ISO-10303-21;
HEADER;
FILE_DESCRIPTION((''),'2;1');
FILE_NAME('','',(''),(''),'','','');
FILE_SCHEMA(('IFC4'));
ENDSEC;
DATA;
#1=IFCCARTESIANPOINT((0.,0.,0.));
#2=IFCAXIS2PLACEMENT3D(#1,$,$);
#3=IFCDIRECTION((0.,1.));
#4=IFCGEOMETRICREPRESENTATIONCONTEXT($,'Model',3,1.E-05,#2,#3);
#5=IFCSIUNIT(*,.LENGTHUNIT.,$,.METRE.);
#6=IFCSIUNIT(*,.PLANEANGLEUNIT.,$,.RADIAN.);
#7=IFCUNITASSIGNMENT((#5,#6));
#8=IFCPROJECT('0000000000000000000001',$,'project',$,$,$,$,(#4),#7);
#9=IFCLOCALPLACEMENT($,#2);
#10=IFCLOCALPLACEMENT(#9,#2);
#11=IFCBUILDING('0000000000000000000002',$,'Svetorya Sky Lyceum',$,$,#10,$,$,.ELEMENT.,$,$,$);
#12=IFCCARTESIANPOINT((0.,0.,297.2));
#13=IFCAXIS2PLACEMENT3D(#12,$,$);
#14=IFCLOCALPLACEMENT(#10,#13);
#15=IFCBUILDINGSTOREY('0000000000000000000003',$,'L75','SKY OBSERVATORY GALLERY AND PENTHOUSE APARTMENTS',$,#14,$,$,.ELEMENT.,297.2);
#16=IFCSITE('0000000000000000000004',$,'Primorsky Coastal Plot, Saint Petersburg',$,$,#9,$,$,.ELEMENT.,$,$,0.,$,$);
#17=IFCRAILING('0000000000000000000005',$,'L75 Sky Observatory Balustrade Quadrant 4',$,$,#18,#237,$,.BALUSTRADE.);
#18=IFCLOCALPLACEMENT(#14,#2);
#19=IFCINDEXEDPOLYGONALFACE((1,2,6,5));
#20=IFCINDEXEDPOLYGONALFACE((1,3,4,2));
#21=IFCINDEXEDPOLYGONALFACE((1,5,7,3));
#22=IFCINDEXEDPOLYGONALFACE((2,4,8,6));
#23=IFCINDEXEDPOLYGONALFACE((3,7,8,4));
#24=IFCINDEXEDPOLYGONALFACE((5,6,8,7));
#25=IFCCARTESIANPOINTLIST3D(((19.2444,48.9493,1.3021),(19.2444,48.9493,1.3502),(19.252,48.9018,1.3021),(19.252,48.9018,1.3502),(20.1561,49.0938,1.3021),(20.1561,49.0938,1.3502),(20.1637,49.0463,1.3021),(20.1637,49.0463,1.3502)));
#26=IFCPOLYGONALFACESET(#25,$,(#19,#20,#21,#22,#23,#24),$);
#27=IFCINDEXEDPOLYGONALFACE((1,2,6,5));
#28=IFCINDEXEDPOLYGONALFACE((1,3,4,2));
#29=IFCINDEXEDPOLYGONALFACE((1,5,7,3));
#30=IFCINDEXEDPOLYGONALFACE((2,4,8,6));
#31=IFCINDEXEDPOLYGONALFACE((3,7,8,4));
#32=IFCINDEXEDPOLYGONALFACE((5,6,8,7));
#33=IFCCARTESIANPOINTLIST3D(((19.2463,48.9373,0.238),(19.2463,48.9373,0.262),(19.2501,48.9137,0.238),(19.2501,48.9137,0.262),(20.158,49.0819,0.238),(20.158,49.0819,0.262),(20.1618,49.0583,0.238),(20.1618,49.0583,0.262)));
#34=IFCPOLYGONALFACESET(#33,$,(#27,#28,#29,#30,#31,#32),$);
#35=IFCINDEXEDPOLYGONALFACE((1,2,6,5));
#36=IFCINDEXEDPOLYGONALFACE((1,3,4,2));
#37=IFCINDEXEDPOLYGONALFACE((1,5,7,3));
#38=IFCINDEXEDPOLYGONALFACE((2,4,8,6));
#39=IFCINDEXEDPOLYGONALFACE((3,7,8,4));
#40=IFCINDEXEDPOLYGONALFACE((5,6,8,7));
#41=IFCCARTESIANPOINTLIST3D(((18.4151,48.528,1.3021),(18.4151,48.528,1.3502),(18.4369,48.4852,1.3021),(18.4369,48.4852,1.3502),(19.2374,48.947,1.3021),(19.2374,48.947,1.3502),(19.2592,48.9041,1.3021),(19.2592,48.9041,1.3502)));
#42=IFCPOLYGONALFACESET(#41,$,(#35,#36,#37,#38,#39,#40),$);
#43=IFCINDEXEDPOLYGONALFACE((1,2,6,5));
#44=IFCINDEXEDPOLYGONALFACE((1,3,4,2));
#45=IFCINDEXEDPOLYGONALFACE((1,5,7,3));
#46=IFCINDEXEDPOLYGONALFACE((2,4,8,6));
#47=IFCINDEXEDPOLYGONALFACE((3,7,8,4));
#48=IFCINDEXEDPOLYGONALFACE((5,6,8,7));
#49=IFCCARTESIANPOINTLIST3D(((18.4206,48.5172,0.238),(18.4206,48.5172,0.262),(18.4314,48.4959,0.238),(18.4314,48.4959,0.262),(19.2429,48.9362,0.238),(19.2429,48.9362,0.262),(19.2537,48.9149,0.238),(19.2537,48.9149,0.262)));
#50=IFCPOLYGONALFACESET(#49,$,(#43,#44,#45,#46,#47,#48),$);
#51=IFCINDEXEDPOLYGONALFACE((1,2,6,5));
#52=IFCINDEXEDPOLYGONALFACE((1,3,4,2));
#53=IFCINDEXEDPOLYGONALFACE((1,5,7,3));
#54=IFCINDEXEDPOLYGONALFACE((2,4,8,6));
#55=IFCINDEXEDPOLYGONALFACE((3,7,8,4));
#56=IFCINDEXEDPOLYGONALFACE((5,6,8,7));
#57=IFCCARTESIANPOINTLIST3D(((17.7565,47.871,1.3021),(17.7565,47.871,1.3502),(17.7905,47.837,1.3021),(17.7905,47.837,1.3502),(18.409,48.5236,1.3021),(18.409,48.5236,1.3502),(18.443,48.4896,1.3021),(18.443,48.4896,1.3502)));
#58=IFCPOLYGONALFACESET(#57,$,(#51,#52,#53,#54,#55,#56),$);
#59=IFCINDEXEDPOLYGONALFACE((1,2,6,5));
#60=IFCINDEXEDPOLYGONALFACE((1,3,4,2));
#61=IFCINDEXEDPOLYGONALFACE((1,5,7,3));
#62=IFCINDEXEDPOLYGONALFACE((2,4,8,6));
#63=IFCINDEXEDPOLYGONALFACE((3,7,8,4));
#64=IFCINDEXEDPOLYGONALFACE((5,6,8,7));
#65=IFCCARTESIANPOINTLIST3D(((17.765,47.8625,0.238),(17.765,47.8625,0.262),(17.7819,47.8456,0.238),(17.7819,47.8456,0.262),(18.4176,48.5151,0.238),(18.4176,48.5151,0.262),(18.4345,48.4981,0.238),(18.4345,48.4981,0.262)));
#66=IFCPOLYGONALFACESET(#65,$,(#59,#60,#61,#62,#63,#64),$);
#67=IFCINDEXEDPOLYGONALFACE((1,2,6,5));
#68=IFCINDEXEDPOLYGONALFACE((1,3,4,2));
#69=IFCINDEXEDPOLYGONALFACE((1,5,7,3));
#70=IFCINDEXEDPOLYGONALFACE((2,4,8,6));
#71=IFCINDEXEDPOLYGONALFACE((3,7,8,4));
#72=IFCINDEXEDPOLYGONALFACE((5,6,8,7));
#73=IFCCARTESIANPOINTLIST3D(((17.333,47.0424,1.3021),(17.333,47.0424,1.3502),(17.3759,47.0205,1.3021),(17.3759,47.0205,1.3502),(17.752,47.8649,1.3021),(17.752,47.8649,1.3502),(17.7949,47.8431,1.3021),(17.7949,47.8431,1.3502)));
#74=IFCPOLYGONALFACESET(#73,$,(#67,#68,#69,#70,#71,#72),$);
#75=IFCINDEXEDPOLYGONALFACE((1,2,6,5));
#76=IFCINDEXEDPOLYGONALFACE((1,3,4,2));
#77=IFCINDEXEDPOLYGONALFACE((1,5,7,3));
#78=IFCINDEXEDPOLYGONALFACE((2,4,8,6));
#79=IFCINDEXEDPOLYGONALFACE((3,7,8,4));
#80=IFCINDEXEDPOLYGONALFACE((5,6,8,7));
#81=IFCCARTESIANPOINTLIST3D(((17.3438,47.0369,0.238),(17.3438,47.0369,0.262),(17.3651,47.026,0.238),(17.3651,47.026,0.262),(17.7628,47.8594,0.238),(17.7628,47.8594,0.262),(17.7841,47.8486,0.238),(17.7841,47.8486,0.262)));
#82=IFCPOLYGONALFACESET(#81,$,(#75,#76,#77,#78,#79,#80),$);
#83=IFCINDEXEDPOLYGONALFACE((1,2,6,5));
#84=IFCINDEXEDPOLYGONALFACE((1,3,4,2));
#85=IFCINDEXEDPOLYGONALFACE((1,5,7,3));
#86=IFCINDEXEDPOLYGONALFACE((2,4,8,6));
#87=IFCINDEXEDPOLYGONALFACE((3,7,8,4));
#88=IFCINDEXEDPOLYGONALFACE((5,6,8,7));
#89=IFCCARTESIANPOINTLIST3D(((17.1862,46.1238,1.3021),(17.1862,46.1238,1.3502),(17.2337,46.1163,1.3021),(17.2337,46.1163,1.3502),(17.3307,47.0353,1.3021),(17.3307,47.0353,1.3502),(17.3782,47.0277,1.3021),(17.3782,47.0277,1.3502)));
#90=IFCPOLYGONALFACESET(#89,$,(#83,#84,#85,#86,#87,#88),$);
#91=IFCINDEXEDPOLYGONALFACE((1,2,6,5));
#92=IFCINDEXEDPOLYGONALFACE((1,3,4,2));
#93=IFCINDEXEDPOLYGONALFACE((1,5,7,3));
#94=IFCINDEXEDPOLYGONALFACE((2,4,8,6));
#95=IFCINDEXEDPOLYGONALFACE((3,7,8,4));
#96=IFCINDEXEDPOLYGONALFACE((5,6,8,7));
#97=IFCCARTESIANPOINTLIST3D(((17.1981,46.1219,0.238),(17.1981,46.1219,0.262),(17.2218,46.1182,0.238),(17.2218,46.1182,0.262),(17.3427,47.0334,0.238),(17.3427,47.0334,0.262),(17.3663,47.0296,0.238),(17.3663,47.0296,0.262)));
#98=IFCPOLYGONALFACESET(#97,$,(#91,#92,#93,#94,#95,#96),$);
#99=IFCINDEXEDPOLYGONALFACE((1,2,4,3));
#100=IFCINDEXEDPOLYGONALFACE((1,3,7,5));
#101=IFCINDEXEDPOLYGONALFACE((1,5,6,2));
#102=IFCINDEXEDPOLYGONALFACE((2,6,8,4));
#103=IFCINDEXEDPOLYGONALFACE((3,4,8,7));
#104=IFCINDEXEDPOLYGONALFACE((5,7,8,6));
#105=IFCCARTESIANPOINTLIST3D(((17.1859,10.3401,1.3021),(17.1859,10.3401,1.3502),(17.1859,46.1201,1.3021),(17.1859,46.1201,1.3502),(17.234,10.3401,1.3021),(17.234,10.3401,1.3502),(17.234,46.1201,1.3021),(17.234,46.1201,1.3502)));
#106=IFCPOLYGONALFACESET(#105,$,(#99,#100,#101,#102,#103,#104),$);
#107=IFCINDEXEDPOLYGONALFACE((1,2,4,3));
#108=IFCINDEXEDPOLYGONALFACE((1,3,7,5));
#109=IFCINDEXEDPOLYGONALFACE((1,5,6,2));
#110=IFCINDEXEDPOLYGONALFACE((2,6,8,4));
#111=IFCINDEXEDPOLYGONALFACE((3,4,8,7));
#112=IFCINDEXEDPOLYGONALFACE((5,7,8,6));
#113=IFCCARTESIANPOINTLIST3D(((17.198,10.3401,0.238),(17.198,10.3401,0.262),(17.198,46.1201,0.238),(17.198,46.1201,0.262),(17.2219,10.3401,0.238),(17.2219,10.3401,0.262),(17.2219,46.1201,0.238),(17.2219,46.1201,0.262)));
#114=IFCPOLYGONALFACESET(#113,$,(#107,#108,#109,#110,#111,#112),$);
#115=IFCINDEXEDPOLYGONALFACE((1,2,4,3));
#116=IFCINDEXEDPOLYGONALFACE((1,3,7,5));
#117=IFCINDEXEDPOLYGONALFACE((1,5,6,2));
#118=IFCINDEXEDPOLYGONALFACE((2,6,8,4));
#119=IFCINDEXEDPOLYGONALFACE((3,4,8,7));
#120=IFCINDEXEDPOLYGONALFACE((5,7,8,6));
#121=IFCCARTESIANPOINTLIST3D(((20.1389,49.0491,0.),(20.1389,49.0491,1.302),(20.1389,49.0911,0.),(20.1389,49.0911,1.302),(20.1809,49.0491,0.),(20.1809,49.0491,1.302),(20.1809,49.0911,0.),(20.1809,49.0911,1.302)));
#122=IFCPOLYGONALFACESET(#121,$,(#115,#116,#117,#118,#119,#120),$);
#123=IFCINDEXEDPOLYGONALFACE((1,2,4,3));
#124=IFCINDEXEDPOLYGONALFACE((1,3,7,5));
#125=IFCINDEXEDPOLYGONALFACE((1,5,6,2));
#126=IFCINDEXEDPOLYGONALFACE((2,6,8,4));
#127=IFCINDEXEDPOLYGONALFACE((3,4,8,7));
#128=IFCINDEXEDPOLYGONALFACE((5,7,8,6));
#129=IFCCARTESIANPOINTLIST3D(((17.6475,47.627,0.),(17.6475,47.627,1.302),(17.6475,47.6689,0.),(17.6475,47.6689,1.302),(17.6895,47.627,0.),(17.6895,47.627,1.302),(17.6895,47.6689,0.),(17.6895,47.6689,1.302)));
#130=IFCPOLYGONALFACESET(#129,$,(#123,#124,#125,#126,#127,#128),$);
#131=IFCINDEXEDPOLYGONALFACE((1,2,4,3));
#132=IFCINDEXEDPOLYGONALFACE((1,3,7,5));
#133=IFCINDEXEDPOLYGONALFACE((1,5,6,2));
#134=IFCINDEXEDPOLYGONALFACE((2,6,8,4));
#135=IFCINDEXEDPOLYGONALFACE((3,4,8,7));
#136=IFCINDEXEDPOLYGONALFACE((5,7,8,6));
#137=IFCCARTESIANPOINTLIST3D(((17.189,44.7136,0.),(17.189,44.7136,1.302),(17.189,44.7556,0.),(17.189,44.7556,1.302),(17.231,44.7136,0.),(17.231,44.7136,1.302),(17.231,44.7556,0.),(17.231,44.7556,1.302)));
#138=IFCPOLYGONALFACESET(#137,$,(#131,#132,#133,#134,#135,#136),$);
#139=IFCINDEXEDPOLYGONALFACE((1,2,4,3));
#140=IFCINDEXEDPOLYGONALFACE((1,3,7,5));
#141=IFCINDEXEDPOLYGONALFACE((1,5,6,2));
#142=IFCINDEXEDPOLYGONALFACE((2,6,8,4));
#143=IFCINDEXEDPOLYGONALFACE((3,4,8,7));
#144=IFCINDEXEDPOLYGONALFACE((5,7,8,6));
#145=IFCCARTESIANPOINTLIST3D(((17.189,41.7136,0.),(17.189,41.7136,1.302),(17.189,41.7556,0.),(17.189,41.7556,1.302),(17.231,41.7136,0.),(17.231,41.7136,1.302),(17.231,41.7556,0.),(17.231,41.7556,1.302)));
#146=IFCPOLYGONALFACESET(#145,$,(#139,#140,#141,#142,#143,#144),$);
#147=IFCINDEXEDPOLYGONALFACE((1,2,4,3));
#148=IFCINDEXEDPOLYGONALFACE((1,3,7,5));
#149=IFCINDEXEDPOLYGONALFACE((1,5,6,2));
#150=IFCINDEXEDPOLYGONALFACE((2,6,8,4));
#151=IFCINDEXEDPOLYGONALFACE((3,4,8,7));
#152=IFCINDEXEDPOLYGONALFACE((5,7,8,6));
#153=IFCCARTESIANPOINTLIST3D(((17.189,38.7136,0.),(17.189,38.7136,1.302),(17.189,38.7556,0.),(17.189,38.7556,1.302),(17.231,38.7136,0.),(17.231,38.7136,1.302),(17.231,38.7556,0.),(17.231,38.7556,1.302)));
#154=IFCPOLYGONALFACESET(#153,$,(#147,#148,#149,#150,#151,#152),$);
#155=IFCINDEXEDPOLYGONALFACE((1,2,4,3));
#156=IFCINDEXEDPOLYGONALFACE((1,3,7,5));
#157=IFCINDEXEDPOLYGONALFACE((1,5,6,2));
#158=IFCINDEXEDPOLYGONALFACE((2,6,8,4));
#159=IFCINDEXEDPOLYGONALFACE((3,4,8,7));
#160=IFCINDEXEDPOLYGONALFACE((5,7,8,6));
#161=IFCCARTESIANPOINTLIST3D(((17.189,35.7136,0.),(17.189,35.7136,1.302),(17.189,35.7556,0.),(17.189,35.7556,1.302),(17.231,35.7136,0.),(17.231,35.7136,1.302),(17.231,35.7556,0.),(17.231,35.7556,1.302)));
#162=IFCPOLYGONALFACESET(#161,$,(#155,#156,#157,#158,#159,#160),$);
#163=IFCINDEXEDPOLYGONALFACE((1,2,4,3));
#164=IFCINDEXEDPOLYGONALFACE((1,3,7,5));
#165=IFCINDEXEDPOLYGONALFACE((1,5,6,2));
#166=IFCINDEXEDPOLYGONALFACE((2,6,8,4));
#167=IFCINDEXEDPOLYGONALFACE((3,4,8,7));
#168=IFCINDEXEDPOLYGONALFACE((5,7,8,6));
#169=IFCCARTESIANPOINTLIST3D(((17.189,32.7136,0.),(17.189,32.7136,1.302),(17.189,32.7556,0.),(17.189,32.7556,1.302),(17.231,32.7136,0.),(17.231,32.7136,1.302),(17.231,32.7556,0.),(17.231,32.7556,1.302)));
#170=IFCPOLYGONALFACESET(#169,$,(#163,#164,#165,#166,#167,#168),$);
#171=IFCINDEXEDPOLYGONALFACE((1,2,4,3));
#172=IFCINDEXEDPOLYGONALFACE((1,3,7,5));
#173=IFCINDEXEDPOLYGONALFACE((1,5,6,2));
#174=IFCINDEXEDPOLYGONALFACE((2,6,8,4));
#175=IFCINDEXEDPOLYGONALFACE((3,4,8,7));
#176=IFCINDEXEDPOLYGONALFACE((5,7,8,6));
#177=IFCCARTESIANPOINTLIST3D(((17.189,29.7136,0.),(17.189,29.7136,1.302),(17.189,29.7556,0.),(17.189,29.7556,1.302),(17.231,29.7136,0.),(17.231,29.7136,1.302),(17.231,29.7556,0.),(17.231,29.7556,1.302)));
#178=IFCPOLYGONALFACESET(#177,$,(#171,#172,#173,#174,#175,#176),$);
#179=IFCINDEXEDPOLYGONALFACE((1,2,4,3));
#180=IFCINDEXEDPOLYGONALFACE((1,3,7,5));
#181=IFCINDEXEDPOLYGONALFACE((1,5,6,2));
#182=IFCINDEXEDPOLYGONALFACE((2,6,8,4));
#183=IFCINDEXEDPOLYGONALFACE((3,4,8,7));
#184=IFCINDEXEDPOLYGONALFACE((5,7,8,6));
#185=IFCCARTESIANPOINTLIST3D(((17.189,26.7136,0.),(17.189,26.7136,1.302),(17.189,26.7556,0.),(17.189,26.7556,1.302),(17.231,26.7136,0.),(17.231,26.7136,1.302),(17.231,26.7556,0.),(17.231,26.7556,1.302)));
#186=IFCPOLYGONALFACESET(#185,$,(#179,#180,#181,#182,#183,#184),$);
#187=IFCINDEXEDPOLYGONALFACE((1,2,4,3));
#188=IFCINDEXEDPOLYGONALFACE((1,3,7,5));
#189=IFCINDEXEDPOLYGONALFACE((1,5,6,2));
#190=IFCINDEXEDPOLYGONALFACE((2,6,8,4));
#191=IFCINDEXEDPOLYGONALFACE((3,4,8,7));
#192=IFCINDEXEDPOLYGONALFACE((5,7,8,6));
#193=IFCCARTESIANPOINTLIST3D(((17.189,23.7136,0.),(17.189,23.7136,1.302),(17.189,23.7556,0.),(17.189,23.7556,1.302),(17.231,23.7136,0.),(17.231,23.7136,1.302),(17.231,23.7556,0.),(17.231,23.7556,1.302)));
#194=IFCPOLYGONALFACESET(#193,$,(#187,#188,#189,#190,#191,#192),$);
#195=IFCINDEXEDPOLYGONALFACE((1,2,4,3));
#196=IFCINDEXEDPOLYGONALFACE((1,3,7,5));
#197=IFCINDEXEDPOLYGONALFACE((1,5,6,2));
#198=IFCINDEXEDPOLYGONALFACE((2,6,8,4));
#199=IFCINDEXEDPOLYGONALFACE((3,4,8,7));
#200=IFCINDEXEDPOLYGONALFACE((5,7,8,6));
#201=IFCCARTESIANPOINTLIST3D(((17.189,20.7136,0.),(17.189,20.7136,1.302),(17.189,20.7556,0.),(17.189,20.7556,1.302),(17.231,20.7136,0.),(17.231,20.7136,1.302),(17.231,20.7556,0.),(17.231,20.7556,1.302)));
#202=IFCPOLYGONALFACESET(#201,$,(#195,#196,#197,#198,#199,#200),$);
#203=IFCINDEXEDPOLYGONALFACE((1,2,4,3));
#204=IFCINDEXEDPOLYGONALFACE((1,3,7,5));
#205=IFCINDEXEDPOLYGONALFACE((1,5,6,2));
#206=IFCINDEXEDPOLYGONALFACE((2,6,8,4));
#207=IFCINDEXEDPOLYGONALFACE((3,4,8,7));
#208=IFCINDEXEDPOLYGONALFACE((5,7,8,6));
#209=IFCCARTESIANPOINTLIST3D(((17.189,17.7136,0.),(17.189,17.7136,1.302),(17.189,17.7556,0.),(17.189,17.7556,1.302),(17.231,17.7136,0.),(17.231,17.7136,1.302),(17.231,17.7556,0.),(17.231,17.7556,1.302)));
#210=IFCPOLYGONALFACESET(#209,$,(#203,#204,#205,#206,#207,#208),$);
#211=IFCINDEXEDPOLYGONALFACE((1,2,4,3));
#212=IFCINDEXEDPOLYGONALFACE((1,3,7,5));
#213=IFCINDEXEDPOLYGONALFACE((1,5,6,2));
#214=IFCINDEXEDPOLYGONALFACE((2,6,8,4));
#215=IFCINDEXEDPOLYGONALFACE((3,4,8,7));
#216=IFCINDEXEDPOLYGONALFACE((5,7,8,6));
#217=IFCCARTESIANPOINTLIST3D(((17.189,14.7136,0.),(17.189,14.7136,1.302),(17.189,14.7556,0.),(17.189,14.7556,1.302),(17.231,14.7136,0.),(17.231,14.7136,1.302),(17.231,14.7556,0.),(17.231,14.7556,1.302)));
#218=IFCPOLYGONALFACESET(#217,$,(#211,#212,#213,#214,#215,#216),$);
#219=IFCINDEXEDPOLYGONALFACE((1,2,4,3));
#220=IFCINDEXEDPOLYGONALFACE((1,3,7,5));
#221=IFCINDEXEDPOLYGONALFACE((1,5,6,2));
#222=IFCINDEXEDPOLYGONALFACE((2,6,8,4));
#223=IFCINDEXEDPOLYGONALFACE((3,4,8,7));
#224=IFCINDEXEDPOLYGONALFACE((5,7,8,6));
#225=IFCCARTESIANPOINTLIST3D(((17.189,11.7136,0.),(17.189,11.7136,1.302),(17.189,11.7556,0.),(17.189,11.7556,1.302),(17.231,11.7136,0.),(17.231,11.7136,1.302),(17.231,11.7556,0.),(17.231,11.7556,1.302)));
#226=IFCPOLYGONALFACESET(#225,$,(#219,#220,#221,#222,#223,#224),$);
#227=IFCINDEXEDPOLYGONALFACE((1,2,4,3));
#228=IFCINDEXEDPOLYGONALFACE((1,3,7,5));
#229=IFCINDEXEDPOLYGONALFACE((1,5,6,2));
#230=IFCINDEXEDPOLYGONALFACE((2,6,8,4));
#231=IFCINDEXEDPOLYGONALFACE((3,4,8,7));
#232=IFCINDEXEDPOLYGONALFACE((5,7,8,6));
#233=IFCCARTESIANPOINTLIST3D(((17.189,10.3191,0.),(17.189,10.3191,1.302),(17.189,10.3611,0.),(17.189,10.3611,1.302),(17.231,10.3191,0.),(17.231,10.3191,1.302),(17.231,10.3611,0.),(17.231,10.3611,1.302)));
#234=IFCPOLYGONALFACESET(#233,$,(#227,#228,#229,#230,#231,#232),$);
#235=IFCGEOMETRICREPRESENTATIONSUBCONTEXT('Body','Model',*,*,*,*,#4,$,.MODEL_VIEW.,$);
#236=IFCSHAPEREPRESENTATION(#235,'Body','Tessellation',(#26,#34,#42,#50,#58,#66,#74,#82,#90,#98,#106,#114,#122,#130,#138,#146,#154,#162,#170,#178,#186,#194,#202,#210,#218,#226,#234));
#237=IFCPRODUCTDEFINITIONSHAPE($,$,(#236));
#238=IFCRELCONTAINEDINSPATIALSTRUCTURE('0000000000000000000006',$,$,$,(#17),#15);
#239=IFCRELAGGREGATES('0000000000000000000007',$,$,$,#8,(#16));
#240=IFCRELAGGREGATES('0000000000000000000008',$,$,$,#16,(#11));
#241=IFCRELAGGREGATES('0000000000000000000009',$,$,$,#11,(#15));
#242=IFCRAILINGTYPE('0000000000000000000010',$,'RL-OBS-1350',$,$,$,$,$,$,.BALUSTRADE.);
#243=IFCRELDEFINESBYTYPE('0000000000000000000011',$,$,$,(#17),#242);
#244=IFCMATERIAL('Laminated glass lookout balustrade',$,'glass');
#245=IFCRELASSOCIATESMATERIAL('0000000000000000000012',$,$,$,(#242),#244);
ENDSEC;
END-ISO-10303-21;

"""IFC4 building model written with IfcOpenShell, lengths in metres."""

from ifc_helpers import new_model, si_unit, direction, frame, origin, origin_2d, place, context, subcontext, project, spatial, rectangle, extrude, material, type_object, element, save


model = new_model("IFC4")

# Units and contexts
model_context = context("Model", 3, precision=1e-05, world=origin(), true_north=direction((0.0, 1.0)))
body_context = subcontext(model_context, "Body", "Model", "MODEL_VIEW")
ifc_project = project(units=[si_unit("LENGTHUNIT", "METRE"), si_unit("PLANEANGLEUNIT", "RADIAN")], contexts=[model_context])

# Site, building, storey
site_placement = place(None, origin())
site = spatial("IfcSite", under=ifc_project, at=site_placement, Name="Primorsky Coastal Plot, Saint Petersburg", CompositionType="ELEMENT", RefElevation=0.0)
building_placement = place(site_placement, origin())
building = spatial("IfcBuilding", under=site, at=building_placement, Name="Svetorya Sky Lyceum", CompositionType="ELEMENT")
storey_placement = place(building_placement, frame((0.0, 0.0, 297.2)))
storey = spatial("IfcBuildingStorey", under=building, at=storey_placement, Name="L75", Description="SKY OBSERVATORY GALLERY AND PENTHOUSE APARTMENTS", CompositionType="ELEMENT", Elevation=297.2)

# Railing
ifc_material_1 = material(Name="Laminated glass lookout balustrade", Category="glass")
railing_type_1 = type_object("IfcRailingType", Name="RL-OBS-1350", PredefinedType="BALUSTRADE", material=ifc_material_1)
railing_1_placement = place(storey_placement, frame((20.1599, 49.0701, 0.0)))
element("IfcRailing", 1, at=railing_1_placement, inside=storey, type_object=railing_type_1, Name="L75 Sky Observatory Balustrade Quadrant 4", PredefinedType="BALUSTRADE", context=body_context, shape_type="SweptSolid", body=[
    extrude(rectangle(XDim=0.0481, YDim=0.0481, at=origin_2d()), frame((0.0, 0.0, 1.3262), z_axis=(-0.987664, -0.156587, 0.0), x_axis=(0.156587, -0.987664, 0.0)), (0.0, 0.0, 1.0), 0.9231),
    extrude(rectangle(XDim=0.0239, YDim=0.0239, at=origin_2d()), frame((0.0, 0.0, 0.25), z_axis=(-0.987664, -0.156587, 0.0), x_axis=(0.156587, -0.987664, 0.0)), (0.0, 0.0, 1.0), 0.9231),
    extrude(rectangle(XDim=0.0481, YDim=0.0481, at=origin_2d()), frame((-0.9116, -0.1445, 1.3262), z_axis=(-0.891015, -0.453973, 0.0), x_axis=(0.453973, -0.891015, 0.0)), (0.0, 0.0, 1.0), 0.9229),
    extrude(rectangle(XDim=0.0239, YDim=0.0239, at=origin_2d()), frame((-0.9116, -0.1445, 0.25), z_axis=(-0.891015, -0.453973, 0.0), x_axis=(0.453973, -0.891015, 0.0)), (0.0, 0.0, 1.0), 0.9229),
    extrude(rectangle(XDim=0.0481, YDim=0.0481, at=origin_2d()), frame((-1.7339, -0.5635, 1.3262), z_axis=(-0.707107, -0.707107, 0.0), x_axis=(0.707107, -0.707107, 0.0)), (0.0, 0.0, 1.0), 0.9229),
    extrude(rectangle(XDim=0.0239, YDim=0.0239, at=origin_2d()), frame((-1.7339, -0.5635, 0.25), z_axis=(-0.707107, -0.707107, 0.0), x_axis=(0.707107, -0.707107, 0.0)), (0.0, 0.0, 1.0), 0.9229),
    extrude(rectangle(XDim=0.0481, YDim=0.0481, at=origin_2d()), frame((-2.3865, -1.2161, 1.3262), z_axis=(-0.453866, -0.89107, 0.0), x_axis=(0.89107, -0.453866, 0.0)), (0.0, 0.0, 1.0), 0.9231),
    extrude(rectangle(XDim=0.0239, YDim=0.0239, at=origin_2d()), frame((-2.3865, -1.2161, 0.25), z_axis=(-0.453866, -0.89107, 0.0), x_axis=(0.89107, -0.453866, 0.0)), (0.0, 0.0, 1.0), 0.9231),
    extrude(rectangle(XDim=0.0481, YDim=0.0481, at=origin_2d()), frame((-2.8054, -2.0386, 1.3262), z_axis=(-0.156628, -0.987658, 0.0), x_axis=(0.987658, -0.156628, 0.0)), (0.0, 0.0, 1.0), 0.9229),
    extrude(rectangle(XDim=0.0239, YDim=0.0239, at=origin_2d()), frame((-2.8054, -2.0386, 0.25), z_axis=(-0.156628, -0.987658, 0.0), x_axis=(0.987658, -0.156628, 0.0)), (0.0, 0.0, 1.0), 0.9229),
    extrude(rectangle(XDim=0.0481, YDim=0.0481, at=origin_2d()), frame((-2.95, -2.95, 1.3262), z_axis=(0.0, -1.0, 0.0), x_axis=(1.0, 0.0, 0.0)), (0.0, 0.0, 1.0), 35.78),
    extrude(rectangle(XDim=0.0239, YDim=0.0239, at=origin_2d()), frame((-2.95, -2.95, 0.25), z_axis=(0.0, -1.0, 0.0), x_axis=(1.0, 0.0, 0.0)), (0.0, 0.0, 1.0), 35.78),
    extrude(rectangle(XDim=0.042, YDim=0.042, at=origin_2d()), origin(), (0.0, 0.0, 1.0), 1.302),
    extrude(rectangle(XDim=0.042, YDim=0.042, at=origin_2d()), frame((-2.4915, -1.4221, 0.0)), (0.0, 0.0, 1.0), 1.302),
    extrude(rectangle(XDim=0.042, YDim=0.042, at=origin_2d()), frame((-2.95, -4.3354, 0.0)), (0.0, 0.0, 1.0), 1.302),
    extrude(rectangle(XDim=0.042, YDim=0.042, at=origin_2d()), frame((-2.95, -7.3354, 0.0)), (0.0, 0.0, 1.0), 1.302),
    extrude(rectangle(XDim=0.042, YDim=0.042, at=origin_2d()), frame((-2.95, -10.3354, 0.0)), (0.0, 0.0, 1.0), 1.302),
    extrude(rectangle(XDim=0.042, YDim=0.042, at=origin_2d()), frame((-2.95, -13.3354, 0.0)), (0.0, 0.0, 1.0), 1.302),
    extrude(rectangle(XDim=0.042, YDim=0.042, at=origin_2d()), frame((-2.95, -16.3354, 0.0)), (0.0, 0.0, 1.0), 1.302),
    extrude(rectangle(XDim=0.042, YDim=0.042, at=origin_2d()), frame((-2.95, -19.3354, 0.0)), (0.0, 0.0, 1.0), 1.302),
    extrude(rectangle(XDim=0.042, YDim=0.042, at=origin_2d()), frame((-2.95, -22.3354, 0.0)), (0.0, 0.0, 1.0), 1.302),
    extrude(rectangle(XDim=0.042, YDim=0.042, at=origin_2d()), frame((-2.95, -25.3354, 0.0)), (0.0, 0.0, 1.0), 1.302),
    extrude(rectangle(XDim=0.042, YDim=0.042, at=origin_2d()), frame((-2.95, -28.3354, 0.0)), (0.0, 0.0, 1.0), 1.302),
    extrude(rectangle(XDim=0.042, YDim=0.042, at=origin_2d()), frame((-2.95, -31.3354, 0.0)), (0.0, 0.0, 1.0), 1.302),
    extrude(rectangle(XDim=0.042, YDim=0.042, at=origin_2d()), frame((-2.95, -34.3354, 0.0)), (0.0, 0.0, 1.0), 1.302),
    extrude(rectangle(XDim=0.042, YDim=0.042, at=origin_2d()), frame((-2.95, -37.3354, 0.0)), (0.0, 0.0, 1.0), 1.302),
    extrude(rectangle(XDim=0.042, YDim=0.042, at=origin_2d()), frame((-2.95, -38.73, 0.0)), (0.0, 0.0, 1.0), 1.302),
])

save(model, "model.ifc")
